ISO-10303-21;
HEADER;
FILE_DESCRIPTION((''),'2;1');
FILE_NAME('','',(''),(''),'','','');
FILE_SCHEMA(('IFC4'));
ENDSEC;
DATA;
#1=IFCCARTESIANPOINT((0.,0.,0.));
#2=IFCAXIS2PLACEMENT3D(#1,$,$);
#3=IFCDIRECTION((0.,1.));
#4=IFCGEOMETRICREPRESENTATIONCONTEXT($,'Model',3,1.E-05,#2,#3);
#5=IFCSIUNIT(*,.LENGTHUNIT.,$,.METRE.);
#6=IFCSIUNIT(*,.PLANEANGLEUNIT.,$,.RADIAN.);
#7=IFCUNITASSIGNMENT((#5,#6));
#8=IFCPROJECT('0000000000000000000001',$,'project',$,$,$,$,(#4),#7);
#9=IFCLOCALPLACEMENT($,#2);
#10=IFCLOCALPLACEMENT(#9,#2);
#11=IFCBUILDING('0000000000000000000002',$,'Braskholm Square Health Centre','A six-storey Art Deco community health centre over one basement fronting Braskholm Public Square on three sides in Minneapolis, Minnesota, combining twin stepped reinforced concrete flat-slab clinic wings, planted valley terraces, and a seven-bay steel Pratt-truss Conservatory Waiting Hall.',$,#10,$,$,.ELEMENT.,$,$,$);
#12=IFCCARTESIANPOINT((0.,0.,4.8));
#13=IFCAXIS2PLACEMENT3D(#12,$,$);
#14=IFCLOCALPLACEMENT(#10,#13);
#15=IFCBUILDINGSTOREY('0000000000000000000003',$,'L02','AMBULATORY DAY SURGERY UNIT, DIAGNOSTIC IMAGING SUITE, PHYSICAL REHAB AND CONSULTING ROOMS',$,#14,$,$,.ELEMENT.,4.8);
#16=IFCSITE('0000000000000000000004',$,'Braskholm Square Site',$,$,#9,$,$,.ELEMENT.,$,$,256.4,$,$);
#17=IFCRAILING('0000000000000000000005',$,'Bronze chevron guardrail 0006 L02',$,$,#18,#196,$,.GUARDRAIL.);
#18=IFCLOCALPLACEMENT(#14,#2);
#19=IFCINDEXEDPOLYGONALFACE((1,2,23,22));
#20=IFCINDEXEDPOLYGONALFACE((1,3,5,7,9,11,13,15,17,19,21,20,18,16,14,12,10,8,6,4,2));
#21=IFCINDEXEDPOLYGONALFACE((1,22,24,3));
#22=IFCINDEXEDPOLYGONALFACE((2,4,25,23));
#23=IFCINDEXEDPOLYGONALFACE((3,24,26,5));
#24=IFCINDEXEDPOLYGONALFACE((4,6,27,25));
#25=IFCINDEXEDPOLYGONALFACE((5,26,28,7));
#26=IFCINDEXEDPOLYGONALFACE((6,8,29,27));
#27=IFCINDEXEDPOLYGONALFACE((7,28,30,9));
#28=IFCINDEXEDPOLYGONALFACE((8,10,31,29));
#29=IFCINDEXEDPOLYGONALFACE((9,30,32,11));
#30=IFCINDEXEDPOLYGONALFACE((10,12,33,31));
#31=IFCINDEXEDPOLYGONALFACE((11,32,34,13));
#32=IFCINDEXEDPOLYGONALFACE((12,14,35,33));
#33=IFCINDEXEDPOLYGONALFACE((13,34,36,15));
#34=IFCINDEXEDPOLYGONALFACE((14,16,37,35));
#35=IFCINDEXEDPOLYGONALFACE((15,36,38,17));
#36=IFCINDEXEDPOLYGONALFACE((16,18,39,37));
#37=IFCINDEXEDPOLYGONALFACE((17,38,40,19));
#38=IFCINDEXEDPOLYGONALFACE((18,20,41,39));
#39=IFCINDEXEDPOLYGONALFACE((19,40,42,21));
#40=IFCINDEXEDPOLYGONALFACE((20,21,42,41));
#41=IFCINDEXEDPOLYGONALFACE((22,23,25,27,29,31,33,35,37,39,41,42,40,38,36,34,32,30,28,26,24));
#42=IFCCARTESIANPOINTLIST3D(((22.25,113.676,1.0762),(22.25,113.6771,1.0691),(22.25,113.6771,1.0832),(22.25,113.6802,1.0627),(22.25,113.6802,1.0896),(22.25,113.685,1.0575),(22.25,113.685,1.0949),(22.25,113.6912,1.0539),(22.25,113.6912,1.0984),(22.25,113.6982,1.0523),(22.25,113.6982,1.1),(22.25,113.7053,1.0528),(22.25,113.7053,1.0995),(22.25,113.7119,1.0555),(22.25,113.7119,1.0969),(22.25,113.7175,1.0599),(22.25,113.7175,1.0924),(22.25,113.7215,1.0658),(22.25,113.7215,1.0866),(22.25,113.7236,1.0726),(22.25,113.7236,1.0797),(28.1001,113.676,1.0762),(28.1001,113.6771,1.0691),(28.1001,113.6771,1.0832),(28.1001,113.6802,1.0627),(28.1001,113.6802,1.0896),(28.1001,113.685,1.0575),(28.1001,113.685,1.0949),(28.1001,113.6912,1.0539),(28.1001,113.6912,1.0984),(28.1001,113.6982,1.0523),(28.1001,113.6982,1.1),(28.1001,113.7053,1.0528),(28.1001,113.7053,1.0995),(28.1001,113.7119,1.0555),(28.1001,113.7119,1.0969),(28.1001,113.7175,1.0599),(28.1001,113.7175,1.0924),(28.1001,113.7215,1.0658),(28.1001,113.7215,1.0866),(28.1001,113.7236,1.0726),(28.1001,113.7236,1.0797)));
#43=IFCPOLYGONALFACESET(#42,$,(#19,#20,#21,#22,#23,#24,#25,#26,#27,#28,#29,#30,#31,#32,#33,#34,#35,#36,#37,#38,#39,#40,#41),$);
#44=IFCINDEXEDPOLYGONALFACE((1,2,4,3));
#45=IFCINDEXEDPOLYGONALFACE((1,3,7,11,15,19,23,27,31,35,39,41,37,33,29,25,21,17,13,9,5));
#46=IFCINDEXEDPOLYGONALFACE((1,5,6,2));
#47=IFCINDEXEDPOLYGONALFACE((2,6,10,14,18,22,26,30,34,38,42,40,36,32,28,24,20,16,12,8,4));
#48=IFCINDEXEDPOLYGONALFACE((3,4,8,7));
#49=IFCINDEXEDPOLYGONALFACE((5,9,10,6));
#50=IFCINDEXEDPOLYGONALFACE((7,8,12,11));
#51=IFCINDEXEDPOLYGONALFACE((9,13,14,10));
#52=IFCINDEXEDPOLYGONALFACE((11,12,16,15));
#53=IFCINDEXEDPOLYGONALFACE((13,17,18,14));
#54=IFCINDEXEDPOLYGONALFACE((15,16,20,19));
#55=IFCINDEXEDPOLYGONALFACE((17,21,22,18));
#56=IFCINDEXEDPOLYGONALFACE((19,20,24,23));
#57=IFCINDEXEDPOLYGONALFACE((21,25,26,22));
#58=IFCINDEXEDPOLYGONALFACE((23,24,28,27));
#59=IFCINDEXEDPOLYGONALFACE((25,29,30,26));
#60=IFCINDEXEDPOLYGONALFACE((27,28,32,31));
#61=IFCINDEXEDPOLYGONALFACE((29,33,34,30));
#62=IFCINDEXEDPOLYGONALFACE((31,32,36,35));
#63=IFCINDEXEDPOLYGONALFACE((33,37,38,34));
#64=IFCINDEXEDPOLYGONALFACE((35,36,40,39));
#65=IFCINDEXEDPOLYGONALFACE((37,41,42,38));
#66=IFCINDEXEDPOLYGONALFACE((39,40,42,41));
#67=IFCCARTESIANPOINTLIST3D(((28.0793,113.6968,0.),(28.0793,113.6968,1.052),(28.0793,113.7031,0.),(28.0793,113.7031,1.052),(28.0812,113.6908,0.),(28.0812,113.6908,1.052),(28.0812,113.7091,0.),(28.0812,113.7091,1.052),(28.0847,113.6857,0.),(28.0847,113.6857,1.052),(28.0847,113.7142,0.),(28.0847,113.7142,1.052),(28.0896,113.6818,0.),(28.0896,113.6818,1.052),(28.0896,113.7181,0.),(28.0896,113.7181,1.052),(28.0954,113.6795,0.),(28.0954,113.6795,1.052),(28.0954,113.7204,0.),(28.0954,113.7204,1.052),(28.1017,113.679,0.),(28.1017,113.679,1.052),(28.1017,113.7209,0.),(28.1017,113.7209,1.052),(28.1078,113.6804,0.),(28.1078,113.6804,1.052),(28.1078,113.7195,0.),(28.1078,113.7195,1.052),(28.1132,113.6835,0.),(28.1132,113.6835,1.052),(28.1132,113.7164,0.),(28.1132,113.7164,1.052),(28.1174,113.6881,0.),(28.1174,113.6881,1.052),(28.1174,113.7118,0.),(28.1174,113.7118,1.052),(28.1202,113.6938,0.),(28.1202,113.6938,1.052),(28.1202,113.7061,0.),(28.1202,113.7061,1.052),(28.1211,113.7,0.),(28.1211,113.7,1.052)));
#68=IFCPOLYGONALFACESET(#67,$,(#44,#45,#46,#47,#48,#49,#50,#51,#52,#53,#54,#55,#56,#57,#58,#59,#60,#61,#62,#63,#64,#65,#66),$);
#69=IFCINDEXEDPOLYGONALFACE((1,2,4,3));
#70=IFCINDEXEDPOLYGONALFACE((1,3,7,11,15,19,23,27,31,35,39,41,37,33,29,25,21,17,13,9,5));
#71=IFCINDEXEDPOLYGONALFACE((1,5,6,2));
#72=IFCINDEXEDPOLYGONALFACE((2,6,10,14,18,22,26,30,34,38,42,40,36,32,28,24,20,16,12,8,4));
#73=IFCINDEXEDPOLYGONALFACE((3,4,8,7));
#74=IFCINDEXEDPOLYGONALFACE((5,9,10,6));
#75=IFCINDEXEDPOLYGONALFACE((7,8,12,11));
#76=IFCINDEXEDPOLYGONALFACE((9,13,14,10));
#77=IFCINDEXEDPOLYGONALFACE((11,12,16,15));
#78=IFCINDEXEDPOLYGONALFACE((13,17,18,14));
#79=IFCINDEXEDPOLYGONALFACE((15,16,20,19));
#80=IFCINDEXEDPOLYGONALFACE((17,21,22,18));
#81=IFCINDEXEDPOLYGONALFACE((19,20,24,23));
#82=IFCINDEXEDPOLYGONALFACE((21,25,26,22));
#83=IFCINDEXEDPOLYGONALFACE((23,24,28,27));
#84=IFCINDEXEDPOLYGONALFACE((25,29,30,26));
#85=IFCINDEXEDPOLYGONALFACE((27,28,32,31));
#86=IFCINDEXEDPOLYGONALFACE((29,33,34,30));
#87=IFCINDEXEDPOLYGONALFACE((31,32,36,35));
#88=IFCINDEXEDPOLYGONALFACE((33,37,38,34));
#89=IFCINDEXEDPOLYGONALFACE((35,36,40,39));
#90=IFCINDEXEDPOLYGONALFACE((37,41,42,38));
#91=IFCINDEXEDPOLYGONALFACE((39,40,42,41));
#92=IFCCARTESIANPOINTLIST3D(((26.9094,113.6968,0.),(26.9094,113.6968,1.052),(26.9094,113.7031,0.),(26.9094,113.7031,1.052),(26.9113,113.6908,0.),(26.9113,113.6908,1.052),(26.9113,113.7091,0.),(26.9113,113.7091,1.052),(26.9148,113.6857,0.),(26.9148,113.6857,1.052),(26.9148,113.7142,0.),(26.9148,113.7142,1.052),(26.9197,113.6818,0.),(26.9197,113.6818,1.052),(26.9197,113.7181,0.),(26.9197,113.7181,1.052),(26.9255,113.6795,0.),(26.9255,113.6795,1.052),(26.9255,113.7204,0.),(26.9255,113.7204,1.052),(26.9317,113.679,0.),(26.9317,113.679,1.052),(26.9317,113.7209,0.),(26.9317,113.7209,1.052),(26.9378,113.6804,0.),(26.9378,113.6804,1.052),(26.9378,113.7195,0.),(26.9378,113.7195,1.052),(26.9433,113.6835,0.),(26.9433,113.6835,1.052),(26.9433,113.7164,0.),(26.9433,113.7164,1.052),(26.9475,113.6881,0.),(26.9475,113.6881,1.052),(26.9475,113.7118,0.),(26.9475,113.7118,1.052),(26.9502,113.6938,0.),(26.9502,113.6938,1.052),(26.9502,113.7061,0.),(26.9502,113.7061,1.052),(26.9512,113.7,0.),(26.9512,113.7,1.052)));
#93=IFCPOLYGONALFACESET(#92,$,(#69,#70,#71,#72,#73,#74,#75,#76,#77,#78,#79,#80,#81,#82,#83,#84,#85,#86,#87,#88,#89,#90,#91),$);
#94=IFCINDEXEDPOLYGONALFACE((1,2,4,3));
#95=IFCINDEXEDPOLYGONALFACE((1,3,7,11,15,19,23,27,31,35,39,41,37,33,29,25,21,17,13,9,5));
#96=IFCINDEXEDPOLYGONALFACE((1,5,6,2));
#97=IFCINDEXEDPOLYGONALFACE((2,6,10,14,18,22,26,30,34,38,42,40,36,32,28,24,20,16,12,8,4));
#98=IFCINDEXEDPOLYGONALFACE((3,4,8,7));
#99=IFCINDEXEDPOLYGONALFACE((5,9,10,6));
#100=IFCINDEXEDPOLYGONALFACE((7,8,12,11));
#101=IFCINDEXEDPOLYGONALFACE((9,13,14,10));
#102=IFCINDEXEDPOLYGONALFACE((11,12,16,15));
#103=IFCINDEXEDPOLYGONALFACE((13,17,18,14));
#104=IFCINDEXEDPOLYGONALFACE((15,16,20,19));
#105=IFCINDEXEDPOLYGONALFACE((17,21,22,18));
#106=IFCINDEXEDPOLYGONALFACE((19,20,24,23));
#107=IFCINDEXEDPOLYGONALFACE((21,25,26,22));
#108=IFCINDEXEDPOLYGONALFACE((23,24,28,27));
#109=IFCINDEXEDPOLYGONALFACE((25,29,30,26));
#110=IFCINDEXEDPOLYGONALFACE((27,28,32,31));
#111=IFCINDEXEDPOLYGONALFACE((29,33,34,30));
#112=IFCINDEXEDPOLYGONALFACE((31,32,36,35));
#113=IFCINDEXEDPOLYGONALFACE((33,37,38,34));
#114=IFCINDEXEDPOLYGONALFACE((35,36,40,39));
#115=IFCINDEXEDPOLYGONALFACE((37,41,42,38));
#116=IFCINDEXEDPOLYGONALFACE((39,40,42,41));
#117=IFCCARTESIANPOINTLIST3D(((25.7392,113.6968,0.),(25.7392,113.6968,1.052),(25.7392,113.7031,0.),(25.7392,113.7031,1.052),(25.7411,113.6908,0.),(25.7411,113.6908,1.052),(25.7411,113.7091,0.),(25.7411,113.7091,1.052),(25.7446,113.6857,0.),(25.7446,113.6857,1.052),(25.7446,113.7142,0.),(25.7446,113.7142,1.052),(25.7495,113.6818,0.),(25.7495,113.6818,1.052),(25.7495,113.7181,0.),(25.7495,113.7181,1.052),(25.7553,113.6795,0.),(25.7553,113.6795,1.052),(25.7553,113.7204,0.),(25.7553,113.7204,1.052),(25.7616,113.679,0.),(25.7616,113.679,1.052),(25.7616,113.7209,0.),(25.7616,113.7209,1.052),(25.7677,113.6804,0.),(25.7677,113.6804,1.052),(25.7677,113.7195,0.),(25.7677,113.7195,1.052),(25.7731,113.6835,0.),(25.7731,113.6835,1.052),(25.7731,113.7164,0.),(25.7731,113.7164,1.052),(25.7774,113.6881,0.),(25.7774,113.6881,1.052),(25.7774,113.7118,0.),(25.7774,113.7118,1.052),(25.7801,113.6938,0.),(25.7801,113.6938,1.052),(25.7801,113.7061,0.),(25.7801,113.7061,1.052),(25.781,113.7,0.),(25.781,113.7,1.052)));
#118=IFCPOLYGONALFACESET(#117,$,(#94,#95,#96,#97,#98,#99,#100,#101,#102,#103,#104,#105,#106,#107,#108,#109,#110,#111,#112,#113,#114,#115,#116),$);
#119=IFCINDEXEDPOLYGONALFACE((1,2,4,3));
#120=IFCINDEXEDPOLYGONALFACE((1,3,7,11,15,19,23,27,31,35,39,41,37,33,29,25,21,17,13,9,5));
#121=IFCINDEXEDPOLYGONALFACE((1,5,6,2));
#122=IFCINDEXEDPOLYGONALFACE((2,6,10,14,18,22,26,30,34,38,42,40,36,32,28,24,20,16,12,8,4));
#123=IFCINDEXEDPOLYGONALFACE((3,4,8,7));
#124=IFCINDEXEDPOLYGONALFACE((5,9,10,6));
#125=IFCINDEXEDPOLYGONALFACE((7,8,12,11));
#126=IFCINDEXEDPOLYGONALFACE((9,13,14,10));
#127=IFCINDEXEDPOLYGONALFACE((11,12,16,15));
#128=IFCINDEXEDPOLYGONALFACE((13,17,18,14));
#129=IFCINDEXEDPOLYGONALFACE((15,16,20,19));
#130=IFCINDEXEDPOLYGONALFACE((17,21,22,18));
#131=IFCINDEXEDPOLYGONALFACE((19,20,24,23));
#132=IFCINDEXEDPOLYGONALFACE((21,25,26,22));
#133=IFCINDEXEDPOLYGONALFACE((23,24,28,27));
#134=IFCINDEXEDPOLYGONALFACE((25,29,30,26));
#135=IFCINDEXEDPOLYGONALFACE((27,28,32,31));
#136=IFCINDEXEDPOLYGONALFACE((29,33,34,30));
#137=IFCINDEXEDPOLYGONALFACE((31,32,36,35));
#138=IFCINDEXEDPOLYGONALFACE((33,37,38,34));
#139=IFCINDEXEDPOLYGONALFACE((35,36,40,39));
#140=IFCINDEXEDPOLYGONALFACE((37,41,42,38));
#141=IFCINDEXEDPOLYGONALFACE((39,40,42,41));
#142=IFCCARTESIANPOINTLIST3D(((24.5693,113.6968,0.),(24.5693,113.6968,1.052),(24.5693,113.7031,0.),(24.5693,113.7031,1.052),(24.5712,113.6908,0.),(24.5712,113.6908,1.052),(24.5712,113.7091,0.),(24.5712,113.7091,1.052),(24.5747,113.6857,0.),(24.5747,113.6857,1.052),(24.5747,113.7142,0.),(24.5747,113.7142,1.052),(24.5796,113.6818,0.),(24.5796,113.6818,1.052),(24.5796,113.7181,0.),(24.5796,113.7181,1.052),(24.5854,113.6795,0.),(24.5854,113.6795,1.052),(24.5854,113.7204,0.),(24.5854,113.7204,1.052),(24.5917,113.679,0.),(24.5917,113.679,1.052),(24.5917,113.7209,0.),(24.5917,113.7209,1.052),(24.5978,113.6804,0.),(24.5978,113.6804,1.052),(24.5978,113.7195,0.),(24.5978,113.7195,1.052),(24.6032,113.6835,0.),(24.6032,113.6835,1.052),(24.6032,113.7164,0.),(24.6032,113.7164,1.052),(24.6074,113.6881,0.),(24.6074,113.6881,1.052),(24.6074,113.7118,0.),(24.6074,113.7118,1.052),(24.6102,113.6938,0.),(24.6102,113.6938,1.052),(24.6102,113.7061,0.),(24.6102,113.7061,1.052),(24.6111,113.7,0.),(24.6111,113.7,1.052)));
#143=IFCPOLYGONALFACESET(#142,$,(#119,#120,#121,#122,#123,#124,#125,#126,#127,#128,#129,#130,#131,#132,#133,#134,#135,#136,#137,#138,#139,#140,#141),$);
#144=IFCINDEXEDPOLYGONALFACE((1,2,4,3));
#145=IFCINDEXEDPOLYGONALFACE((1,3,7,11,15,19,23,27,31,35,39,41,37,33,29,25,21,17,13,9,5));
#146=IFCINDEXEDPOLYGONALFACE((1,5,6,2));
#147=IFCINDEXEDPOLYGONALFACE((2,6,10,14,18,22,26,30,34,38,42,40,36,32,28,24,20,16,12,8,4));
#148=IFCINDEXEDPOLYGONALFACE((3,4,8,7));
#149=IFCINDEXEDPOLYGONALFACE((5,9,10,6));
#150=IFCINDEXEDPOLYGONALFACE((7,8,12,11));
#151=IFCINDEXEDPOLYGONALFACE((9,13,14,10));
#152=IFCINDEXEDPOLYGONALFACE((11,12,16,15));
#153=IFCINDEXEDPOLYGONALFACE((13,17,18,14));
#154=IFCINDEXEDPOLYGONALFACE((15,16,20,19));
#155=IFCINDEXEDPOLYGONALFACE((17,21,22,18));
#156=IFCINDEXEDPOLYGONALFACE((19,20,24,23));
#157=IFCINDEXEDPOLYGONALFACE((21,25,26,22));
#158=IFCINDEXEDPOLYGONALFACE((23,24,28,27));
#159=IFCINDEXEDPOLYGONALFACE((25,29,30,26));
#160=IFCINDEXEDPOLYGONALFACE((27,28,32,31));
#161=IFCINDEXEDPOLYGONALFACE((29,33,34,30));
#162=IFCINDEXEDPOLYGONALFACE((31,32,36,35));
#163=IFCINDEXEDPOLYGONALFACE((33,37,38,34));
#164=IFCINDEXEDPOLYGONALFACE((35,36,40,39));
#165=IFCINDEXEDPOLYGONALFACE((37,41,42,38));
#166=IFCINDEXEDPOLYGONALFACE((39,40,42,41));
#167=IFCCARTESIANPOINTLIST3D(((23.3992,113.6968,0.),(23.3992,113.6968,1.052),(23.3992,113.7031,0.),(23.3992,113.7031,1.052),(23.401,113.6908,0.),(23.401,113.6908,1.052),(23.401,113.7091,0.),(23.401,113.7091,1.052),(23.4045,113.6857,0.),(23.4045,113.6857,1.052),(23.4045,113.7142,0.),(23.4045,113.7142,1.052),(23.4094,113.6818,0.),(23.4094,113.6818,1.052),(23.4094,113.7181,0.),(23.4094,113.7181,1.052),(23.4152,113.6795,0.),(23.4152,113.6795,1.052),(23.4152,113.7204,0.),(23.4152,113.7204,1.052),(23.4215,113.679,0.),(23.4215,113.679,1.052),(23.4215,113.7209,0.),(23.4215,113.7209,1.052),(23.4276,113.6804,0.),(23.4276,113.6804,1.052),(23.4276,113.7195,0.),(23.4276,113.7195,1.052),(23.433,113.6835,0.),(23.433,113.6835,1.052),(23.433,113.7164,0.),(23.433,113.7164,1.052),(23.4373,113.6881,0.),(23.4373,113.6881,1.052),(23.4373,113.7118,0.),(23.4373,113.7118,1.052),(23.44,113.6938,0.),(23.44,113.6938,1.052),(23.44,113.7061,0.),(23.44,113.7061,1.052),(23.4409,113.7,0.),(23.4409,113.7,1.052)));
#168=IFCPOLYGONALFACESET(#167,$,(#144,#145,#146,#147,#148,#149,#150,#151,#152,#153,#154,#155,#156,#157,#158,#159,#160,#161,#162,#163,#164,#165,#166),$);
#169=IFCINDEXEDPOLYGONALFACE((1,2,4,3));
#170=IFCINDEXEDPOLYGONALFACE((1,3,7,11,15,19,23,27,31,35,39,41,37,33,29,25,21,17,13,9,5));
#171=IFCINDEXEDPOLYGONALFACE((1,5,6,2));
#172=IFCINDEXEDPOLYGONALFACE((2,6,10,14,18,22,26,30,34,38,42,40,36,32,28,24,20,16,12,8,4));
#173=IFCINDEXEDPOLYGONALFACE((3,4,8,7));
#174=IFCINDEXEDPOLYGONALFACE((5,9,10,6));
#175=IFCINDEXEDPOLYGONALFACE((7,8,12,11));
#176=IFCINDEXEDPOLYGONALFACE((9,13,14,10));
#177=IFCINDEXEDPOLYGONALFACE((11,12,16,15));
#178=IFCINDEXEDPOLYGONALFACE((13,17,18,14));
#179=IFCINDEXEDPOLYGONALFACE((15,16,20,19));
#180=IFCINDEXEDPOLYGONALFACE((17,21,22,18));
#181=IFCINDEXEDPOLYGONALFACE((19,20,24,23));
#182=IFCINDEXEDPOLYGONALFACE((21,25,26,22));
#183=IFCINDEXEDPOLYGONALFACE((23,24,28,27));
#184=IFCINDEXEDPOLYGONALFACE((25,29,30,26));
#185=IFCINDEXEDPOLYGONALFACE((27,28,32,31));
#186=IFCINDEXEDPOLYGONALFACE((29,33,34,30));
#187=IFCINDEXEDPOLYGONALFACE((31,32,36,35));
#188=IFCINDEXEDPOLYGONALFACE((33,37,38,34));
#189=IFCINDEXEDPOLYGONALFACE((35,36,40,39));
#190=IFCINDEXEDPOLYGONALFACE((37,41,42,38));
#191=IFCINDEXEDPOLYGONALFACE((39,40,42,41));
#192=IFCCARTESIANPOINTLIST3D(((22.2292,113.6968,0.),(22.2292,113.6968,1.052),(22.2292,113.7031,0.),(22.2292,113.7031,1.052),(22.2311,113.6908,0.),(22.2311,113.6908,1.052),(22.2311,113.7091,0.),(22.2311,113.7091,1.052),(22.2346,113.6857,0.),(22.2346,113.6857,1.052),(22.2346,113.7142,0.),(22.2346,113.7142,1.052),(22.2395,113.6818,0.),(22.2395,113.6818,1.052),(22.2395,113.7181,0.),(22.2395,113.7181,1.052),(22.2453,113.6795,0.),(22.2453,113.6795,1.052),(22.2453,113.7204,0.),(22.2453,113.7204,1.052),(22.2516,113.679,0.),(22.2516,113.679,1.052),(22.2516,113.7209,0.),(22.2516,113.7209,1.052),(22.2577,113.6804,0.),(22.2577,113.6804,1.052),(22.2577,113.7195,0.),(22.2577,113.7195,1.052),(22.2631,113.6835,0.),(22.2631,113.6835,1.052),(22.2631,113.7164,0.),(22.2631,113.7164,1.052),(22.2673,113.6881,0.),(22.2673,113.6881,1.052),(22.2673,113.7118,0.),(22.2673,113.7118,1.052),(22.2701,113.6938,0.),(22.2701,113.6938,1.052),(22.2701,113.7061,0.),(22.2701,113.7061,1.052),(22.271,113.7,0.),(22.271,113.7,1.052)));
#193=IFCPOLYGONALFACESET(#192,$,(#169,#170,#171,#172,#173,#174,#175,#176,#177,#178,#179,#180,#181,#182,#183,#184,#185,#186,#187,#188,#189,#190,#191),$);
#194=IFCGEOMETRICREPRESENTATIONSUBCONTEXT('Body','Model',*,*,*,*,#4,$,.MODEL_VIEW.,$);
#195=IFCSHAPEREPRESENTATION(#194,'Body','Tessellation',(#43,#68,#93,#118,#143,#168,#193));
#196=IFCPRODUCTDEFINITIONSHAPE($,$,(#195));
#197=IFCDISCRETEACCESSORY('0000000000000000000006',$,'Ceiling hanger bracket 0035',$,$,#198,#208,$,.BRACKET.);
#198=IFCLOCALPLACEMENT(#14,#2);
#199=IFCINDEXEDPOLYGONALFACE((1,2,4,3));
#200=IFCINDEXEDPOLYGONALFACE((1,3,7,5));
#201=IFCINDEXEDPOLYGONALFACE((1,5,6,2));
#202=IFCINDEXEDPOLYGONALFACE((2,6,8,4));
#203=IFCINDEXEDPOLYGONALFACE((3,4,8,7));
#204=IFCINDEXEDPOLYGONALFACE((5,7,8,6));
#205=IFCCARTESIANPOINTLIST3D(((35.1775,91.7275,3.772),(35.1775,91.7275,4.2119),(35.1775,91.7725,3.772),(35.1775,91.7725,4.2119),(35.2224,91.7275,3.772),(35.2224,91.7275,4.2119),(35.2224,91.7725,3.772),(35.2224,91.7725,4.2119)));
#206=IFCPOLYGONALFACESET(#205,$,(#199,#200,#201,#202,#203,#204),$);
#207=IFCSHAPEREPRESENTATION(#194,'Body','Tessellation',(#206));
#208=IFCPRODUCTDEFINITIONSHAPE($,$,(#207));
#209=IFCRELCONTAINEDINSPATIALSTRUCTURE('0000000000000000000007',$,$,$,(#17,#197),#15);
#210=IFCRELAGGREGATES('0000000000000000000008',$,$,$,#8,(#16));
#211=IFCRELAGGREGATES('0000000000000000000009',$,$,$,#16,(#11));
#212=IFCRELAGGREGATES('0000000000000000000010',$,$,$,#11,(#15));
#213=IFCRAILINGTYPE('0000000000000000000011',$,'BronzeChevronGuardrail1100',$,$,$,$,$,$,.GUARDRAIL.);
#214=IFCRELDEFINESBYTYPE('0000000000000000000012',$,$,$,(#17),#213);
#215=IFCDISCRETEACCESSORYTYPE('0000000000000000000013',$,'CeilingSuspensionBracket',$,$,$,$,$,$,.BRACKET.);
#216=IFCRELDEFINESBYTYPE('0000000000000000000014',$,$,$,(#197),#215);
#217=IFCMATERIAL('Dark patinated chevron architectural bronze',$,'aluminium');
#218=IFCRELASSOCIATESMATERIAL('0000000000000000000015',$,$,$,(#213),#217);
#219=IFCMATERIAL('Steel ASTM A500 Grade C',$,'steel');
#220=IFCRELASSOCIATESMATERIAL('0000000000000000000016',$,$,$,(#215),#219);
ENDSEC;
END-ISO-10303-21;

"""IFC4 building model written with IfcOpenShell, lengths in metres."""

from ifc_helpers import new_model, si_unit, direction, frame, origin, origin_2d, place, context, subcontext, project, spatial, rectangle, circle, extrude, material, type_object, element, save


model = new_model("IFC4")

# Units and contexts
model_context = context("Model", 3, precision=1e-05, world=origin(), true_north=direction((0.0, 1.0)))
body_context = subcontext(model_context, "Body", "Model", "MODEL_VIEW")
ifc_project = project(units=[si_unit("LENGTHUNIT", "METRE"), si_unit("PLANEANGLEUNIT", "RADIAN")], contexts=[model_context])

# Site, building, storey
site_placement = place(None, origin())
site = spatial("IfcSite", under=ifc_project, at=site_placement, Name="Braskholm Square Site", CompositionType="ELEMENT", RefElevation=256.4)
building_placement = place(site_placement, origin())
building = spatial("IfcBuilding", under=site, at=building_placement, Name="Braskholm Square Health Centre", Description="A six-storey Art Deco community health centre over one basement fronting Braskholm Public Square on three sides in Minneapolis, Minnesota, combining twin stepped reinforced concrete flat-slab clinic wings, planted valley terraces, and a seven-bay steel Pratt-truss Conservatory Waiting Hall.", CompositionType="ELEMENT")
storey_placement = place(building_placement, frame((0.0, 0.0, 4.8)))
storey = spatial("IfcBuildingStorey", under=building, at=storey_placement, Name="L02", Description="AMBULATORY DAY SURGERY UNIT, DIAGNOSTIC IMAGING SUITE, PHYSICAL REHAB AND CONSULTING ROOMS", CompositionType="ELEMENT", Elevation=4.8)

# Shared definitions
ifc_material_1 = material(Name="Steel ASTM A500 Grade C", Category="steel")

# Railing
ifc_material_2 = material(Name="Dark patinated chevron architectural bronze", Category="aluminium")
railing_type = type_object("IfcRailingType", Name="BronzeChevronGuardrail1100", PredefinedType="GUARDRAIL", material=ifc_material_2)
railing_1_placement = place(storey_placement, frame((28.1001, 113.7, 0.0)))
element("IfcRailing", 1, at=railing_1_placement, inside=storey, type_object=railing_type, Name="Bronze chevron guardrail 0006 L02", PredefinedType="GUARDRAIL", context=body_context, shape_type="SweptSolid", body=[
    extrude(circle(Radius=0.0239, at=origin_2d()), frame((0.0, 0.0, 1.0762), z_axis=(-1.0, 0.0, 0.0), x_axis=(0.0, -1.0, 0.0)), (0.0, 0.0, 1.0), 5.8501),
    extrude(circle(Radius=0.021, at=origin_2d()), origin(), (0.0, 0.0, 1.0), 1.052),
    extrude(circle(Radius=0.021, at=origin_2d()), frame((-1.1699, 0.0, 0.0)), (0.0, 0.0, 1.0), 1.052),
    extrude(circle(Radius=0.021, at=origin_2d()), frame((-2.3401, 0.0, 0.0)), (0.0, 0.0, 1.0), 1.052),
    extrude(circle(Radius=0.021, at=origin_2d()), frame((-3.51, 0.0, 0.0)), (0.0, 0.0, 1.0), 1.052),
    extrude(circle(Radius=0.021, at=origin_2d()), frame((-4.6802, 0.0, 0.0)), (0.0, 0.0, 1.0), 1.052),
    extrude(circle(Radius=0.021, at=origin_2d()), frame((-5.8501, 0.0, 0.0)), (0.0, 0.0, 1.0), 1.052),
])

# Discrete accessory
discrete_accessory_type = type_object("IfcDiscreteAccessoryType", Name="CeilingSuspensionBracket", PredefinedType="BRACKET", material=ifc_material_1)
discrete_accessory_placement = place(storey_placement, frame((35.2, 91.75, 3.772), z_axis=(0.0, 0.0, 1.0), x_axis=(1.0, 0.0, 0.0)))
element("IfcDiscreteAccessory", 2, at=discrete_accessory_placement, inside=storey, type_object=discrete_accessory_type, Name="Ceiling hanger bracket 0035", PredefinedType="BRACKET", context=body_context, shape_type="SweptSolid", body=[
    extrude(rectangle(XDim=0.0449, YDim=0.0449, at=origin_2d()), origin(), (0.0, 0.0, 1.0), 0.4399),
])

save(model, "model.ifc")
